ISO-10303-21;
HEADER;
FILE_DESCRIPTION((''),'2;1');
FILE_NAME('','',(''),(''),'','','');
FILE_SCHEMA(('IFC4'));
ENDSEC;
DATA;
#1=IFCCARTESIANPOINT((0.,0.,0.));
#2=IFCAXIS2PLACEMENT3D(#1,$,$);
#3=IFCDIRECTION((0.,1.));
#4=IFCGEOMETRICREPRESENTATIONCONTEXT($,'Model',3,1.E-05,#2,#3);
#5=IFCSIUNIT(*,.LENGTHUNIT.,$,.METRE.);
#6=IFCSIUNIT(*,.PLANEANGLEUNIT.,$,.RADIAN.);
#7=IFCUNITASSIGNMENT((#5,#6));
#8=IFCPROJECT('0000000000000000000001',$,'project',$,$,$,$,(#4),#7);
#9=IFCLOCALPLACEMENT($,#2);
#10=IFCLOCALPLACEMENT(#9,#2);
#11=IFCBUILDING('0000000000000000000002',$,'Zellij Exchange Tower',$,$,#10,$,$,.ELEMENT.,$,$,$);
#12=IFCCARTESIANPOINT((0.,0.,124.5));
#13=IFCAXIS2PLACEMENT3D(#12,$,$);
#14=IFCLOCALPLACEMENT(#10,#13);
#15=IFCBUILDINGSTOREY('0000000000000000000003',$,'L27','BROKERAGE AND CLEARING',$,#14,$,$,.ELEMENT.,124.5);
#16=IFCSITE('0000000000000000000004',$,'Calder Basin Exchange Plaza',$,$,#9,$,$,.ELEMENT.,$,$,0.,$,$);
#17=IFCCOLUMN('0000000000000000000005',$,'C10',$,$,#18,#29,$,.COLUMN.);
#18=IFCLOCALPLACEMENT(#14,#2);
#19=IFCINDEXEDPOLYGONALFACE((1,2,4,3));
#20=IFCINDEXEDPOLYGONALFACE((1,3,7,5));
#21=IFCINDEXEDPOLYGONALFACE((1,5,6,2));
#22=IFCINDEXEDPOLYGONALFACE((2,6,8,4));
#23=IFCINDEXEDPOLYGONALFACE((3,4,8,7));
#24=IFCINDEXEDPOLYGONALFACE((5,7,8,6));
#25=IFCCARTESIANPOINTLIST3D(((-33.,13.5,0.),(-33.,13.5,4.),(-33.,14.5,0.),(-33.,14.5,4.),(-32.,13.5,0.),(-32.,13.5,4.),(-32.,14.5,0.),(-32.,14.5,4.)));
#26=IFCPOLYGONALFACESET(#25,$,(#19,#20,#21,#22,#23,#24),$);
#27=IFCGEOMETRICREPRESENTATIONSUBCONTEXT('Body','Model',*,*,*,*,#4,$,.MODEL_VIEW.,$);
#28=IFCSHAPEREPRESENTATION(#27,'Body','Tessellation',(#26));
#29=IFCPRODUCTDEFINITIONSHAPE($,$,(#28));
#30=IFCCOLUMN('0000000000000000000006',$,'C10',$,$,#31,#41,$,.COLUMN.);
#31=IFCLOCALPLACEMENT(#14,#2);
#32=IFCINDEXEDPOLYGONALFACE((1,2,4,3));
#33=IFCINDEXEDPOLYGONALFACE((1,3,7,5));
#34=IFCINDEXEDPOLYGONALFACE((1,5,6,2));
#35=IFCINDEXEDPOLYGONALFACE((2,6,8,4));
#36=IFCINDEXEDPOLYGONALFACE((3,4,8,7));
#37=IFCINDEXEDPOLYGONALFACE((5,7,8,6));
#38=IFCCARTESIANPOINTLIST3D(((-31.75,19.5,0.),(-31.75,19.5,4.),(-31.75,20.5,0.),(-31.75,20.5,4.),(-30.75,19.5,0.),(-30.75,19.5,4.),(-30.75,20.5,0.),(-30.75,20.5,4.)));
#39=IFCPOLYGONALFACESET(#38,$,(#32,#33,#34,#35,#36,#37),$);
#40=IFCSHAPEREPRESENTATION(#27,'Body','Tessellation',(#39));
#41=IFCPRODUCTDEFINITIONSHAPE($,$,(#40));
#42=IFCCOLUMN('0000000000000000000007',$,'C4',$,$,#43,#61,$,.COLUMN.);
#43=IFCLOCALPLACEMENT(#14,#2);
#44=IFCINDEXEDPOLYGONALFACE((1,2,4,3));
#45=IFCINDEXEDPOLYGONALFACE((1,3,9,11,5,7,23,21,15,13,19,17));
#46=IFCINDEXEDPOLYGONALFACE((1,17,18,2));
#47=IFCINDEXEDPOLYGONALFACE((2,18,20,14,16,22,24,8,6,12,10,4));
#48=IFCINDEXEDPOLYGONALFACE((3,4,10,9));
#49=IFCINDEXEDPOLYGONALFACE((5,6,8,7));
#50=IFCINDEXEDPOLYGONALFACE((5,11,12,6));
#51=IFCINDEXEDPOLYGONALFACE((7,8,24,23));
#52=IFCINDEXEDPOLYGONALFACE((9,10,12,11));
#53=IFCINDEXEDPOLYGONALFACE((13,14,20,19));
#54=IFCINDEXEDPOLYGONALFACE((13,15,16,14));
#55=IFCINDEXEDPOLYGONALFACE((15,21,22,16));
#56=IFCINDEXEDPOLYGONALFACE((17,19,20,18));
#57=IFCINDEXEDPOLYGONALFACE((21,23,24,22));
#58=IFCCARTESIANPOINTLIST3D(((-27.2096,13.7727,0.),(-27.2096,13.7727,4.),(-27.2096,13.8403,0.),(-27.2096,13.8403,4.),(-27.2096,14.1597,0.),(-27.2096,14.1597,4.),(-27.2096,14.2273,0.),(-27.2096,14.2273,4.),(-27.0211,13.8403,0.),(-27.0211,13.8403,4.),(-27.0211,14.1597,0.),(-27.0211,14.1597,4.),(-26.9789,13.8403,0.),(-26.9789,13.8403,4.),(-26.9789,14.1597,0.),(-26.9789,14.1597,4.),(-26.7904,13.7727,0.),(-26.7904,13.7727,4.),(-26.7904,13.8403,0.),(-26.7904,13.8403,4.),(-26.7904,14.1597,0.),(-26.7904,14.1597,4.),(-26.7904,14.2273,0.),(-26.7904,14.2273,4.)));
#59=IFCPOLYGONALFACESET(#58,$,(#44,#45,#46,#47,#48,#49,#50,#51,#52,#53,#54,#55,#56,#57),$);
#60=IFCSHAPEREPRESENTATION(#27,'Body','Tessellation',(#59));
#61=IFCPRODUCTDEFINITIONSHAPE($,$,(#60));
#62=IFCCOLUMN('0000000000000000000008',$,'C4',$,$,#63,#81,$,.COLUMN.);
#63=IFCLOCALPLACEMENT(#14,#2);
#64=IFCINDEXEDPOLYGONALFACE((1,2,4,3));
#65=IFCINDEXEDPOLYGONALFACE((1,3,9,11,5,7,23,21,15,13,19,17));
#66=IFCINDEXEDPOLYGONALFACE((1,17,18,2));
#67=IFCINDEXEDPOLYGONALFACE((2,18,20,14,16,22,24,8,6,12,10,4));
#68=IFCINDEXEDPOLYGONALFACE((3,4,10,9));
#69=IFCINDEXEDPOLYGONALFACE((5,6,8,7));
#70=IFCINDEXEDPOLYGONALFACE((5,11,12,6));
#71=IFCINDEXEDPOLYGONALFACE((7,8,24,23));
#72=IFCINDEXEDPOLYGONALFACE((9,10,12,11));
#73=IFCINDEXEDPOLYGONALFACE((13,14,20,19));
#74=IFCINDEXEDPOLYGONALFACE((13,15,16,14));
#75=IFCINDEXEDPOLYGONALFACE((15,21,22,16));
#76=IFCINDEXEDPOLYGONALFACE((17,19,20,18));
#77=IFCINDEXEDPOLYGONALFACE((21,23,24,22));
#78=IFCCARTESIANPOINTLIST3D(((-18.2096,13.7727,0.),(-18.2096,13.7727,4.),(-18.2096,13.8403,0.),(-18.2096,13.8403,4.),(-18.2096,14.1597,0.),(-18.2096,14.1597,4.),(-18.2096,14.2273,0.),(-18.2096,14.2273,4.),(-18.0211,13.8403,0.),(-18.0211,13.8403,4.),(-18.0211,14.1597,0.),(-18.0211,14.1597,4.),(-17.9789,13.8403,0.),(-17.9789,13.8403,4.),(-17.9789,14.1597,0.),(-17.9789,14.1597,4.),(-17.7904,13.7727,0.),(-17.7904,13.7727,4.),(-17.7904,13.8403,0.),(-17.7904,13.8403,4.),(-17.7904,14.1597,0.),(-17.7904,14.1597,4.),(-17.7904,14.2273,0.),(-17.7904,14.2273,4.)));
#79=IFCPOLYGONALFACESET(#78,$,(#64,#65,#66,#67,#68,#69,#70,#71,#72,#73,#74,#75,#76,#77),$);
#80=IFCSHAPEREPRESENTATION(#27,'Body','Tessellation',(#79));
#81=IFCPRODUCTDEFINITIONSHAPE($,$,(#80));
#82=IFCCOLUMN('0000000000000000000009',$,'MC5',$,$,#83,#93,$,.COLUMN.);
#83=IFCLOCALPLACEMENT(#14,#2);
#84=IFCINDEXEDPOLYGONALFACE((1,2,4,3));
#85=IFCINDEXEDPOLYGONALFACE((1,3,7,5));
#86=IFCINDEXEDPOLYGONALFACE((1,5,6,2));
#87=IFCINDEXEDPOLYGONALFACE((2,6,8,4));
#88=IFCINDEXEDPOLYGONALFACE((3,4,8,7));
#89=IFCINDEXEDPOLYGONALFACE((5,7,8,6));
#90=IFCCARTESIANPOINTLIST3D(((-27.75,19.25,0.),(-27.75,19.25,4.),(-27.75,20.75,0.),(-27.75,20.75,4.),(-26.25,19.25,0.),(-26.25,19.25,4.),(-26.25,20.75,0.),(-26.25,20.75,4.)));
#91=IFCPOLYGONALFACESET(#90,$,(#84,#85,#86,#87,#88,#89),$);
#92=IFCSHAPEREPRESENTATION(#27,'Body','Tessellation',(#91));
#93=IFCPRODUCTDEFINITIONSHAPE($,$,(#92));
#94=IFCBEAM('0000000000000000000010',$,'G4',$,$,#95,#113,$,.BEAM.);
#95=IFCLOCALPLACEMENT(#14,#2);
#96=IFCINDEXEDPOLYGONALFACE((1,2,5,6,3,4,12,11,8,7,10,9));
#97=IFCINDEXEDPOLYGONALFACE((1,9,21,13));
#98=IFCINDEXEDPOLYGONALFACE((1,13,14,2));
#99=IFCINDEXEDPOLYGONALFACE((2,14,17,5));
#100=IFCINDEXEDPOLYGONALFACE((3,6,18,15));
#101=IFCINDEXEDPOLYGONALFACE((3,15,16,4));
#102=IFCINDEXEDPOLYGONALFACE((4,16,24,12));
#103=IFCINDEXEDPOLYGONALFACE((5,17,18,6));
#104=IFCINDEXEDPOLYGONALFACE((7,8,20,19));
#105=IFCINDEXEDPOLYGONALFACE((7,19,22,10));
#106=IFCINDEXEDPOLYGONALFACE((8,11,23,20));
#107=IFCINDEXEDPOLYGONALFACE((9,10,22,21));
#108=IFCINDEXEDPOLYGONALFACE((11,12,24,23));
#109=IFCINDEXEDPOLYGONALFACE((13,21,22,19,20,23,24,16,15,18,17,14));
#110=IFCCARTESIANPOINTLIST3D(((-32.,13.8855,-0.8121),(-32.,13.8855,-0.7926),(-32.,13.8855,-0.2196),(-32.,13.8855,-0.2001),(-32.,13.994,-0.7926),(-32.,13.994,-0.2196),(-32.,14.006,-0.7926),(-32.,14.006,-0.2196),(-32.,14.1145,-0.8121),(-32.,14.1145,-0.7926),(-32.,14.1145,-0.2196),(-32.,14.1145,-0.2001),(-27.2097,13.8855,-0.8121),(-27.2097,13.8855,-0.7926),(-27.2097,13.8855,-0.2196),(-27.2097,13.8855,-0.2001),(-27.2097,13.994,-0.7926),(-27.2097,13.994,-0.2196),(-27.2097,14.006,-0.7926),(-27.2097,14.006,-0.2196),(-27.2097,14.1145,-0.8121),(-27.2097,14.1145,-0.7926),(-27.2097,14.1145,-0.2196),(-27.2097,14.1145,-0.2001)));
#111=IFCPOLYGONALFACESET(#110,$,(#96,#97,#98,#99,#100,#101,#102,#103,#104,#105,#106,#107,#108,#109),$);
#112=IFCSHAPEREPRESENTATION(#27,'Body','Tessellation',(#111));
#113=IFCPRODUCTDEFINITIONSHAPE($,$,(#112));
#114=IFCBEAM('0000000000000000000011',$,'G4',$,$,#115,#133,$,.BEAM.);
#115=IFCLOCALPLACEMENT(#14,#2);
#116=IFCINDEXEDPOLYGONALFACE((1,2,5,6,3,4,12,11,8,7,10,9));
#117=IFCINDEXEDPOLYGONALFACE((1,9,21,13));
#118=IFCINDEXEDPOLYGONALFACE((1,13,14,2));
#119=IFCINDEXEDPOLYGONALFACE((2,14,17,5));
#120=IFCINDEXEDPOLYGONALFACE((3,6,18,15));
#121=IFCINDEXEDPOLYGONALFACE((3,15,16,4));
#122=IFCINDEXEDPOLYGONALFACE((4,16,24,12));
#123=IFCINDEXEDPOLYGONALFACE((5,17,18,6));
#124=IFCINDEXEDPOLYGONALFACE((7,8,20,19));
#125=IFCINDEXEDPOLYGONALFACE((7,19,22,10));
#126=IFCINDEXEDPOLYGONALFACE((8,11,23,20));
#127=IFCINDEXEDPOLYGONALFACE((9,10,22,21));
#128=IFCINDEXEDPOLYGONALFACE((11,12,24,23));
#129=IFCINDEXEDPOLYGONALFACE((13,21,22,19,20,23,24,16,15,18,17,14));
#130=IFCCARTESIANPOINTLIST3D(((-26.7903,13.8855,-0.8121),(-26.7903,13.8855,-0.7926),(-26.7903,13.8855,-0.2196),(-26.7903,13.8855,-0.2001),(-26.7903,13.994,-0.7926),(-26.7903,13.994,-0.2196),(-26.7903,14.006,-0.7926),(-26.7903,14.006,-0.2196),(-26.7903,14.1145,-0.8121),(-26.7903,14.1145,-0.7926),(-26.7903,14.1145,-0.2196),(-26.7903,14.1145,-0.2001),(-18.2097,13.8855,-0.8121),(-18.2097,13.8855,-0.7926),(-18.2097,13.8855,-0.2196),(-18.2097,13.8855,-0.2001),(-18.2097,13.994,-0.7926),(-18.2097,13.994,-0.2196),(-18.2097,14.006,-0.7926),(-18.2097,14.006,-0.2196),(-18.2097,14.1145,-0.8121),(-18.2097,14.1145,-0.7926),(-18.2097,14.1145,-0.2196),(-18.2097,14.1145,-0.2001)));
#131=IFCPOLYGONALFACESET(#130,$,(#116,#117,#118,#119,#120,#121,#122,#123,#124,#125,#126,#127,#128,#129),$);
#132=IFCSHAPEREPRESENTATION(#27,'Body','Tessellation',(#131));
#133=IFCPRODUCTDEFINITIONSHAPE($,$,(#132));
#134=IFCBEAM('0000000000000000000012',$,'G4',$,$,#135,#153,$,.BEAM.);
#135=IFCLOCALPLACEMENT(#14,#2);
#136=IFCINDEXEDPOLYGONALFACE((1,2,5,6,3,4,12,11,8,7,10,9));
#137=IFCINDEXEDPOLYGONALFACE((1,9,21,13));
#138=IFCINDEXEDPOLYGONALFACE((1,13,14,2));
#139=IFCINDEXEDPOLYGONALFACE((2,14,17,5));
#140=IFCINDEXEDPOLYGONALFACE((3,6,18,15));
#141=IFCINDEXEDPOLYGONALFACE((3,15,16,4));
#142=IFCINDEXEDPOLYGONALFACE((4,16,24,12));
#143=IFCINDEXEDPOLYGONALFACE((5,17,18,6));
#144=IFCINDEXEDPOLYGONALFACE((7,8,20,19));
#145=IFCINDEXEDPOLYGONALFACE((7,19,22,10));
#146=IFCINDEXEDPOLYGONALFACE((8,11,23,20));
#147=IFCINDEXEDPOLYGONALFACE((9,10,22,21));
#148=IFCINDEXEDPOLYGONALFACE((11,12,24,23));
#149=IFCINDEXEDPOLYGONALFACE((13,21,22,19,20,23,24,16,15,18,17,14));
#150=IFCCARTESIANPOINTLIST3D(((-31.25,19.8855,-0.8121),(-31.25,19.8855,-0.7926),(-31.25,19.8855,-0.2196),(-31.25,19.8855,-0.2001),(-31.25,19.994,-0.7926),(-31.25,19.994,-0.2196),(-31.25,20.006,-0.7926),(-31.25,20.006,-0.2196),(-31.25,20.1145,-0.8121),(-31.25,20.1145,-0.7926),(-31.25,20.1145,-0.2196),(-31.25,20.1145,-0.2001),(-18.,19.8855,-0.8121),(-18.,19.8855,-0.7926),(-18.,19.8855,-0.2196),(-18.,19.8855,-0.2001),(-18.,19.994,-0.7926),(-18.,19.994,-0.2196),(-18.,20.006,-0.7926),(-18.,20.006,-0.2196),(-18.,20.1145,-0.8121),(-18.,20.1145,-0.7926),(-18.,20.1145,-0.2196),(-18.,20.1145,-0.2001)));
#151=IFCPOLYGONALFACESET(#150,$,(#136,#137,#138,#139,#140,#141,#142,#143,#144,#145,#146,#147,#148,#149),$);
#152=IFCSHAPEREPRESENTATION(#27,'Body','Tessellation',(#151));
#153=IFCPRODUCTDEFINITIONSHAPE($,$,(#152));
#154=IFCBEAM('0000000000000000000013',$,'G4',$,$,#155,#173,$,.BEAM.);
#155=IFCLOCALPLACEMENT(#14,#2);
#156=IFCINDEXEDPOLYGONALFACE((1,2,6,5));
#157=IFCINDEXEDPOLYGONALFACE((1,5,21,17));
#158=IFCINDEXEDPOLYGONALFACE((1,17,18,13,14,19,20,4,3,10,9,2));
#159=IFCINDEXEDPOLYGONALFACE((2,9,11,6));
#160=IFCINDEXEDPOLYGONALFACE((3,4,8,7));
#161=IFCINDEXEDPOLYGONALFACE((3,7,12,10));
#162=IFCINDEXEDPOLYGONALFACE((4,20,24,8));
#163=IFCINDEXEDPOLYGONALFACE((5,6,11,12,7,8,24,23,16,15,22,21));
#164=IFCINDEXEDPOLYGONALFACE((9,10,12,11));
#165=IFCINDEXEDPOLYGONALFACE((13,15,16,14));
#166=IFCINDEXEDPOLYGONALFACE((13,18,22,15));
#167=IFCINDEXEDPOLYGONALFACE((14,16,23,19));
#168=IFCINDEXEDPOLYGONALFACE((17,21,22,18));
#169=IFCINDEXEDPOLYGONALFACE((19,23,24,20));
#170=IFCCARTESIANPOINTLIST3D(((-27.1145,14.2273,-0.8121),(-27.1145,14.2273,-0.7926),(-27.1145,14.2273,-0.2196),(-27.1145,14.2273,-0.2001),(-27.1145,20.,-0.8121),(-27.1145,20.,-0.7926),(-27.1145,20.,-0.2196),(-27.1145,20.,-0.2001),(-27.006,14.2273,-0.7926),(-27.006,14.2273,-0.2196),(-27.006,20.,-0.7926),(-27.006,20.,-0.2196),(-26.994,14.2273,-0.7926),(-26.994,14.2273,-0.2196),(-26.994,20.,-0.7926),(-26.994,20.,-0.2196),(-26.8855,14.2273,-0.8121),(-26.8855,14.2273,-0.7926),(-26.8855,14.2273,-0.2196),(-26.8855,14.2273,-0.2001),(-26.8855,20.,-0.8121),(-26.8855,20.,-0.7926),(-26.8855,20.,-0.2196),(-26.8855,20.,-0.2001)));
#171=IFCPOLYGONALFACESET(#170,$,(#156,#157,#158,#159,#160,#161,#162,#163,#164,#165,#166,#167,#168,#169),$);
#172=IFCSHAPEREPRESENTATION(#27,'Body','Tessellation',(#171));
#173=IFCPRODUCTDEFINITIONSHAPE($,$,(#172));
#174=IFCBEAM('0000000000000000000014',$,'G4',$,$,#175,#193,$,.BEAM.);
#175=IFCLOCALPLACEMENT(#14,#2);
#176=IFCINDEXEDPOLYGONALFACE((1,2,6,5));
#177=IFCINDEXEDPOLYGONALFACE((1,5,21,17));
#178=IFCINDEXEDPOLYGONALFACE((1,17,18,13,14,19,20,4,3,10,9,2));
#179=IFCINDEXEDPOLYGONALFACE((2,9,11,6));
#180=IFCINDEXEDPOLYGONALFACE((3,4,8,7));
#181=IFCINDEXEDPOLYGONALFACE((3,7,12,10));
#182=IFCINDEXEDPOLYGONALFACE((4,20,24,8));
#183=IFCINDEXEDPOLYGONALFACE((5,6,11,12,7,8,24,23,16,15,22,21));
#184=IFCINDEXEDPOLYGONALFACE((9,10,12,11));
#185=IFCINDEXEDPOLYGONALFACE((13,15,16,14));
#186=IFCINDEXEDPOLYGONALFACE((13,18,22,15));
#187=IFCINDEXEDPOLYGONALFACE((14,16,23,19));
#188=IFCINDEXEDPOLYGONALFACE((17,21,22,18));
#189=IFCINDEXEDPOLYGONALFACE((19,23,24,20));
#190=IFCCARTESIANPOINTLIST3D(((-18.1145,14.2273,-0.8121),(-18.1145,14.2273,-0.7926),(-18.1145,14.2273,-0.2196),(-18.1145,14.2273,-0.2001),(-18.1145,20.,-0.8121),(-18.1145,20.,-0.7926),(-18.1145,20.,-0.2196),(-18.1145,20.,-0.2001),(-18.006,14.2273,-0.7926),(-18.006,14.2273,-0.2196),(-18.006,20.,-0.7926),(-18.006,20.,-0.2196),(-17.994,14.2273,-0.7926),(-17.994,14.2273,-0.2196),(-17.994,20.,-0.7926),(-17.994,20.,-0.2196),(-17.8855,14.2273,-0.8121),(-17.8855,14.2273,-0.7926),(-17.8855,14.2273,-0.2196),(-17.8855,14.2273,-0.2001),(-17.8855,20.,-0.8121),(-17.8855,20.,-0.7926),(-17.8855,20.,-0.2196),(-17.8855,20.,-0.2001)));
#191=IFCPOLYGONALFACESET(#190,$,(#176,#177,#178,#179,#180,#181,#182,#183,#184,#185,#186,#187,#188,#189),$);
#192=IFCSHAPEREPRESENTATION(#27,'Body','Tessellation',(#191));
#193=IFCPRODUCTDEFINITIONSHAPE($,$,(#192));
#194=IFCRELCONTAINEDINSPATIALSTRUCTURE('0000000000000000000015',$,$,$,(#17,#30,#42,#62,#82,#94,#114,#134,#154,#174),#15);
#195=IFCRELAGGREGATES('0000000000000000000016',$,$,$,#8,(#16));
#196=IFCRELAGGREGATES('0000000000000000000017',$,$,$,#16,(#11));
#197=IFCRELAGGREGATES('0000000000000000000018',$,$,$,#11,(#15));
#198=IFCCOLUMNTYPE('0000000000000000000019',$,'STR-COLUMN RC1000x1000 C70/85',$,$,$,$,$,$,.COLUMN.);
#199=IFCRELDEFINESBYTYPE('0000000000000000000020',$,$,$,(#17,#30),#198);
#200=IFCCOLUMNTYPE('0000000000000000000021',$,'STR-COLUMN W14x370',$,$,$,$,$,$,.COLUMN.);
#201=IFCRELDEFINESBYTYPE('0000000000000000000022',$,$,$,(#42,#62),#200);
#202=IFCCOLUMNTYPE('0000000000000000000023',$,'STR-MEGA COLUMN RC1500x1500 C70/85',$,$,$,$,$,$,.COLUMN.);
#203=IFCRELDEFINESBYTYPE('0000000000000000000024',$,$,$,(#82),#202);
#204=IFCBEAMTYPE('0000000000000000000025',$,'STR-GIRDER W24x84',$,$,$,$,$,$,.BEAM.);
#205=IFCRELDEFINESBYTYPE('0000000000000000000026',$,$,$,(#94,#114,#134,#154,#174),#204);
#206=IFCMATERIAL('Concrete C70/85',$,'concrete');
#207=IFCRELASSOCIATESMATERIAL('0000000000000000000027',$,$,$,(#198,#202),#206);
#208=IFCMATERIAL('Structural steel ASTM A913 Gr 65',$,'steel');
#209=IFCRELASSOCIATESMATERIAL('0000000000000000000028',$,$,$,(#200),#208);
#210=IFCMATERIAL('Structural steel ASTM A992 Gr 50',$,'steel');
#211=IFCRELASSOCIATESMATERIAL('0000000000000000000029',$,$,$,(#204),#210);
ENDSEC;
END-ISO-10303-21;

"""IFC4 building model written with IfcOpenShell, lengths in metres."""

from ifc_helpers import new_model, si_unit, direction, frame, origin, origin_2d, place, context, subcontext, project, spatial, rectangle, i_section, extrude, material, material_profile, profile_set, type_object, element, save


model = new_model("IFC4")

# Units and contexts
model_context = context("Model", 3, precision=1e-05, world=origin(), true_north=direction((0.0, 1.0)))
body_context = subcontext(model_context, "Body", "Model", "MODEL_VIEW")
ifc_project = project(units=[si_unit("LENGTHUNIT", "METRE"), si_unit("PLANEANGLEUNIT", "RADIAN")], contexts=[model_context])

# Site, building, storey
site_placement = place(None, origin())
site = spatial("IfcSite", under=ifc_project, at=site_placement, Name="Calder Basin Exchange Plaza", CompositionType="ELEMENT", RefElevation=0.0)
building_placement = place(site_placement, origin())
building = spatial("IfcBuilding", under=site, at=building_placement, Name="Zellij Exchange Tower", CompositionType="ELEMENT")
storey_placement = place(building_placement, frame((0.0, 0.0, 124.5)))
storey = spatial("IfcBuildingStorey", under=building, at=storey_placement, Name="L27", Description="BROKERAGE AND CLEARING", CompositionType="ELEMENT", Elevation=124.5)

# Columns
ifc_material_1 = material(Name="Concrete C70/85", Category="concrete")
ifc_material_profile_1 = material_profile(ifc_material_1, rectangle(XDim=1.0, YDim=1.0, at=origin_2d()), Name="STR-COLUMN RC1000x1000 C70/85")
ifc_profile_set_1 = profile_set([ifc_material_profile_1], Name="Concrete C70/85")
column_type_1 = type_object("IfcColumnType", Name="STR-COLUMN RC1000x1000 C70/85", PredefinedType="COLUMN", material=ifc_profile_set_1)
for number, where, z_axis, x_axis, name in (
    (1, (-32.5, 14.0, 0.0), (0.0, 0.0, 1.0), (1.0, 0.0, 0.0), "C10"),
    (2, (-31.25, 20.0, 0.0), (0.0, 0.0, 1.0), (1.0, 0.0, 0.0), "C10"),
):
    element("IfcColumn", number, at=place(storey_placement, frame(where, z_axis=z_axis, x_axis=x_axis)), inside=storey, type_object=column_type_1, Name=name, PredefinedType="COLUMN", context=body_context, shape_type="SweptSolid", body=[
        extrude(rectangle(XDim=1.0, YDim=1.0, at=origin_2d()), origin(), (0.0, 0.0, 1.0), 4.0),
    ])
ifc_material_2 = material(Name="Structural steel ASTM A913 Gr 65", Category="steel")
ifc_material_profile_2 = material_profile(ifc_material_2, i_section(OverallWidth=0.4192, OverallDepth=0.4546, WebThickness=0.0422, FlangeThickness=0.0676, at=origin_2d()), Name="W14x370")
ifc_profile_set_2 = profile_set([ifc_material_profile_2], Name="Structural steel ASTM A913 Gr 65")
column_type_2 = type_object("IfcColumnType", Name="STR-COLUMN W14x370", PredefinedType="COLUMN", material=ifc_profile_set_2)
for number, where, z_axis, x_axis, name in (
    (3, (-27.0, 14.0, 0.0), (0.0, 0.0, 1.0), (1.0, 0.0, 0.0), "C4"),
    (4, (-18.0, 14.0, 0.0), (0.0, 0.0, 1.0), (1.0, 0.0, 0.0), "C4"),
):
    element("IfcColumn", number, at=place(storey_placement, frame(where, z_axis=z_axis, x_axis=x_axis)), inside=storey, type_object=column_type_2, Name=name, PredefinedType="COLUMN", context=body_context, shape_type="SweptSolid", body=[
        extrude(i_section(OverallWidth=0.4192, OverallDepth=0.4546, WebThickness=0.0422, FlangeThickness=0.0676, at=origin_2d()), origin(), (0.0, 0.0, 1.0), 4.0),
    ])
ifc_material_profile_3 = material_profile(ifc_material_1, rectangle(XDim=1.5, YDim=1.5, at=origin_2d()), Name="STR-MEGA COLUMN RC1500x1500 C70/85")
ifc_profile_set_3 = profile_set([ifc_material_profile_3], Name="Concrete C70/85")
column_type_3 = type_object("IfcColumnType", Name="STR-MEGA COLUMN RC1500x1500 C70/85", PredefinedType="COLUMN", material=ifc_profile_set_3)
column_placement = place(storey_placement, frame((-27.0, 20.0, 0.0), z_axis=(0.0, 0.0, 1.0), x_axis=(1.0, 0.0, 0.0)))
element("IfcColumn", 5, at=column_placement, inside=storey, type_object=column_type_3, Name="MC5", PredefinedType="COLUMN", context=body_context, shape_type="SweptSolid", body=[
    extrude(rectangle(XDim=1.5, YDim=1.5, at=origin_2d()), origin(), (0.0, 0.0, 1.0), 4.0),
])

# Beams
ifc_material_3 = material(Name="Structural steel ASTM A992 Gr 50", Category="steel")
ifc_material_profile_4 = material_profile(ifc_material_3, i_section(OverallWidth=0.229, OverallDepth=0.6121, WebThickness=0.012, FlangeThickness=0.0195, at=origin_2d()), Name="W24x84")
ifc_profile_set_4 = profile_set([ifc_material_profile_4], Name="Structural steel ASTM A992 Gr 50")
beam_type = type_object("IfcBeamType", Name="STR-GIRDER W24x84", PredefinedType="BEAM", material=ifc_profile_set_4)
beam_1_placement = place(storey_placement, frame((-32.0, 14.0, -0.5061), z_axis=(1.0, 0.0, 0.0), x_axis=(0.0, 1.0, 0.0)))
element("IfcBeam", 6, at=beam_1_placement, inside=storey, type_object=beam_type, Name="G4", PredefinedType="BEAM", context=body_context, shape_type="SweptSolid", body=[
    extrude(i_section(OverallWidth=0.229, OverallDepth=0.6121, WebThickness=0.012, FlangeThickness=0.0195, at=origin_2d()), origin(), (0.0, 0.0, 1.0), 4.7903),
])
beam_2_placement = place(storey_placement, frame((-26.7903, 14.0, -0.5061), z_axis=(1.0, 0.0, 0.0), x_axis=(0.0, 1.0, 0.0)))
element("IfcBeam", 7, at=beam_2_placement, inside=storey, type_object=beam_type, Name="G4", PredefinedType="BEAM", context=body_context, shape_type="SweptSolid", body=[
    extrude(i_section(OverallWidth=0.229, OverallDepth=0.6121, WebThickness=0.012, FlangeThickness=0.0195, at=origin_2d()), origin(), (0.0, 0.0, 1.0), 8.5806),
])
beam_3_placement = place(storey_placement, frame((-31.25, 20.0, -0.5061), z_axis=(1.0, 0.0, 0.0), x_axis=(0.0, 1.0, 0.0)))
element("IfcBeam", 8, at=beam_3_placement, inside=storey, type_object=beam_type, Name="G4", PredefinedType="BEAM", context=body_context, shape_type="SweptSolid", body=[
    extrude(i_section(OverallWidth=0.229, OverallDepth=0.6121, WebThickness=0.012, FlangeThickness=0.0195, at=origin_2d()), origin(), (0.0, 0.0, 1.0), 13.25),
])
for number, where, z_axis, x_axis, name in (
    (9, (-27.0, 14.2273, -0.5061), (0.0, 1.0, 0.0), (-1.0, 0.0, 0.0), "G4"),
    (10, (-18.0, 14.2273, -0.5061), (0.0, 1.0, 0.0), (-1.0, 0.0, 0.0), "G4"),
):
    element("IfcBeam", number, at=place(storey_placement, frame(where, z_axis=z_axis, x_axis=x_axis)), inside=storey, type_object=beam_type, Name=name, PredefinedType="BEAM", context=body_context, shape_type="SweptSolid", body=[
        extrude(i_section(OverallWidth=0.229, OverallDepth=0.6121, WebThickness=0.012, FlangeThickness=0.0195, at=origin_2d()), origin(), (0.0, 0.0, 1.0), 5.7727),
    ])

save(model, "model.ifc")
